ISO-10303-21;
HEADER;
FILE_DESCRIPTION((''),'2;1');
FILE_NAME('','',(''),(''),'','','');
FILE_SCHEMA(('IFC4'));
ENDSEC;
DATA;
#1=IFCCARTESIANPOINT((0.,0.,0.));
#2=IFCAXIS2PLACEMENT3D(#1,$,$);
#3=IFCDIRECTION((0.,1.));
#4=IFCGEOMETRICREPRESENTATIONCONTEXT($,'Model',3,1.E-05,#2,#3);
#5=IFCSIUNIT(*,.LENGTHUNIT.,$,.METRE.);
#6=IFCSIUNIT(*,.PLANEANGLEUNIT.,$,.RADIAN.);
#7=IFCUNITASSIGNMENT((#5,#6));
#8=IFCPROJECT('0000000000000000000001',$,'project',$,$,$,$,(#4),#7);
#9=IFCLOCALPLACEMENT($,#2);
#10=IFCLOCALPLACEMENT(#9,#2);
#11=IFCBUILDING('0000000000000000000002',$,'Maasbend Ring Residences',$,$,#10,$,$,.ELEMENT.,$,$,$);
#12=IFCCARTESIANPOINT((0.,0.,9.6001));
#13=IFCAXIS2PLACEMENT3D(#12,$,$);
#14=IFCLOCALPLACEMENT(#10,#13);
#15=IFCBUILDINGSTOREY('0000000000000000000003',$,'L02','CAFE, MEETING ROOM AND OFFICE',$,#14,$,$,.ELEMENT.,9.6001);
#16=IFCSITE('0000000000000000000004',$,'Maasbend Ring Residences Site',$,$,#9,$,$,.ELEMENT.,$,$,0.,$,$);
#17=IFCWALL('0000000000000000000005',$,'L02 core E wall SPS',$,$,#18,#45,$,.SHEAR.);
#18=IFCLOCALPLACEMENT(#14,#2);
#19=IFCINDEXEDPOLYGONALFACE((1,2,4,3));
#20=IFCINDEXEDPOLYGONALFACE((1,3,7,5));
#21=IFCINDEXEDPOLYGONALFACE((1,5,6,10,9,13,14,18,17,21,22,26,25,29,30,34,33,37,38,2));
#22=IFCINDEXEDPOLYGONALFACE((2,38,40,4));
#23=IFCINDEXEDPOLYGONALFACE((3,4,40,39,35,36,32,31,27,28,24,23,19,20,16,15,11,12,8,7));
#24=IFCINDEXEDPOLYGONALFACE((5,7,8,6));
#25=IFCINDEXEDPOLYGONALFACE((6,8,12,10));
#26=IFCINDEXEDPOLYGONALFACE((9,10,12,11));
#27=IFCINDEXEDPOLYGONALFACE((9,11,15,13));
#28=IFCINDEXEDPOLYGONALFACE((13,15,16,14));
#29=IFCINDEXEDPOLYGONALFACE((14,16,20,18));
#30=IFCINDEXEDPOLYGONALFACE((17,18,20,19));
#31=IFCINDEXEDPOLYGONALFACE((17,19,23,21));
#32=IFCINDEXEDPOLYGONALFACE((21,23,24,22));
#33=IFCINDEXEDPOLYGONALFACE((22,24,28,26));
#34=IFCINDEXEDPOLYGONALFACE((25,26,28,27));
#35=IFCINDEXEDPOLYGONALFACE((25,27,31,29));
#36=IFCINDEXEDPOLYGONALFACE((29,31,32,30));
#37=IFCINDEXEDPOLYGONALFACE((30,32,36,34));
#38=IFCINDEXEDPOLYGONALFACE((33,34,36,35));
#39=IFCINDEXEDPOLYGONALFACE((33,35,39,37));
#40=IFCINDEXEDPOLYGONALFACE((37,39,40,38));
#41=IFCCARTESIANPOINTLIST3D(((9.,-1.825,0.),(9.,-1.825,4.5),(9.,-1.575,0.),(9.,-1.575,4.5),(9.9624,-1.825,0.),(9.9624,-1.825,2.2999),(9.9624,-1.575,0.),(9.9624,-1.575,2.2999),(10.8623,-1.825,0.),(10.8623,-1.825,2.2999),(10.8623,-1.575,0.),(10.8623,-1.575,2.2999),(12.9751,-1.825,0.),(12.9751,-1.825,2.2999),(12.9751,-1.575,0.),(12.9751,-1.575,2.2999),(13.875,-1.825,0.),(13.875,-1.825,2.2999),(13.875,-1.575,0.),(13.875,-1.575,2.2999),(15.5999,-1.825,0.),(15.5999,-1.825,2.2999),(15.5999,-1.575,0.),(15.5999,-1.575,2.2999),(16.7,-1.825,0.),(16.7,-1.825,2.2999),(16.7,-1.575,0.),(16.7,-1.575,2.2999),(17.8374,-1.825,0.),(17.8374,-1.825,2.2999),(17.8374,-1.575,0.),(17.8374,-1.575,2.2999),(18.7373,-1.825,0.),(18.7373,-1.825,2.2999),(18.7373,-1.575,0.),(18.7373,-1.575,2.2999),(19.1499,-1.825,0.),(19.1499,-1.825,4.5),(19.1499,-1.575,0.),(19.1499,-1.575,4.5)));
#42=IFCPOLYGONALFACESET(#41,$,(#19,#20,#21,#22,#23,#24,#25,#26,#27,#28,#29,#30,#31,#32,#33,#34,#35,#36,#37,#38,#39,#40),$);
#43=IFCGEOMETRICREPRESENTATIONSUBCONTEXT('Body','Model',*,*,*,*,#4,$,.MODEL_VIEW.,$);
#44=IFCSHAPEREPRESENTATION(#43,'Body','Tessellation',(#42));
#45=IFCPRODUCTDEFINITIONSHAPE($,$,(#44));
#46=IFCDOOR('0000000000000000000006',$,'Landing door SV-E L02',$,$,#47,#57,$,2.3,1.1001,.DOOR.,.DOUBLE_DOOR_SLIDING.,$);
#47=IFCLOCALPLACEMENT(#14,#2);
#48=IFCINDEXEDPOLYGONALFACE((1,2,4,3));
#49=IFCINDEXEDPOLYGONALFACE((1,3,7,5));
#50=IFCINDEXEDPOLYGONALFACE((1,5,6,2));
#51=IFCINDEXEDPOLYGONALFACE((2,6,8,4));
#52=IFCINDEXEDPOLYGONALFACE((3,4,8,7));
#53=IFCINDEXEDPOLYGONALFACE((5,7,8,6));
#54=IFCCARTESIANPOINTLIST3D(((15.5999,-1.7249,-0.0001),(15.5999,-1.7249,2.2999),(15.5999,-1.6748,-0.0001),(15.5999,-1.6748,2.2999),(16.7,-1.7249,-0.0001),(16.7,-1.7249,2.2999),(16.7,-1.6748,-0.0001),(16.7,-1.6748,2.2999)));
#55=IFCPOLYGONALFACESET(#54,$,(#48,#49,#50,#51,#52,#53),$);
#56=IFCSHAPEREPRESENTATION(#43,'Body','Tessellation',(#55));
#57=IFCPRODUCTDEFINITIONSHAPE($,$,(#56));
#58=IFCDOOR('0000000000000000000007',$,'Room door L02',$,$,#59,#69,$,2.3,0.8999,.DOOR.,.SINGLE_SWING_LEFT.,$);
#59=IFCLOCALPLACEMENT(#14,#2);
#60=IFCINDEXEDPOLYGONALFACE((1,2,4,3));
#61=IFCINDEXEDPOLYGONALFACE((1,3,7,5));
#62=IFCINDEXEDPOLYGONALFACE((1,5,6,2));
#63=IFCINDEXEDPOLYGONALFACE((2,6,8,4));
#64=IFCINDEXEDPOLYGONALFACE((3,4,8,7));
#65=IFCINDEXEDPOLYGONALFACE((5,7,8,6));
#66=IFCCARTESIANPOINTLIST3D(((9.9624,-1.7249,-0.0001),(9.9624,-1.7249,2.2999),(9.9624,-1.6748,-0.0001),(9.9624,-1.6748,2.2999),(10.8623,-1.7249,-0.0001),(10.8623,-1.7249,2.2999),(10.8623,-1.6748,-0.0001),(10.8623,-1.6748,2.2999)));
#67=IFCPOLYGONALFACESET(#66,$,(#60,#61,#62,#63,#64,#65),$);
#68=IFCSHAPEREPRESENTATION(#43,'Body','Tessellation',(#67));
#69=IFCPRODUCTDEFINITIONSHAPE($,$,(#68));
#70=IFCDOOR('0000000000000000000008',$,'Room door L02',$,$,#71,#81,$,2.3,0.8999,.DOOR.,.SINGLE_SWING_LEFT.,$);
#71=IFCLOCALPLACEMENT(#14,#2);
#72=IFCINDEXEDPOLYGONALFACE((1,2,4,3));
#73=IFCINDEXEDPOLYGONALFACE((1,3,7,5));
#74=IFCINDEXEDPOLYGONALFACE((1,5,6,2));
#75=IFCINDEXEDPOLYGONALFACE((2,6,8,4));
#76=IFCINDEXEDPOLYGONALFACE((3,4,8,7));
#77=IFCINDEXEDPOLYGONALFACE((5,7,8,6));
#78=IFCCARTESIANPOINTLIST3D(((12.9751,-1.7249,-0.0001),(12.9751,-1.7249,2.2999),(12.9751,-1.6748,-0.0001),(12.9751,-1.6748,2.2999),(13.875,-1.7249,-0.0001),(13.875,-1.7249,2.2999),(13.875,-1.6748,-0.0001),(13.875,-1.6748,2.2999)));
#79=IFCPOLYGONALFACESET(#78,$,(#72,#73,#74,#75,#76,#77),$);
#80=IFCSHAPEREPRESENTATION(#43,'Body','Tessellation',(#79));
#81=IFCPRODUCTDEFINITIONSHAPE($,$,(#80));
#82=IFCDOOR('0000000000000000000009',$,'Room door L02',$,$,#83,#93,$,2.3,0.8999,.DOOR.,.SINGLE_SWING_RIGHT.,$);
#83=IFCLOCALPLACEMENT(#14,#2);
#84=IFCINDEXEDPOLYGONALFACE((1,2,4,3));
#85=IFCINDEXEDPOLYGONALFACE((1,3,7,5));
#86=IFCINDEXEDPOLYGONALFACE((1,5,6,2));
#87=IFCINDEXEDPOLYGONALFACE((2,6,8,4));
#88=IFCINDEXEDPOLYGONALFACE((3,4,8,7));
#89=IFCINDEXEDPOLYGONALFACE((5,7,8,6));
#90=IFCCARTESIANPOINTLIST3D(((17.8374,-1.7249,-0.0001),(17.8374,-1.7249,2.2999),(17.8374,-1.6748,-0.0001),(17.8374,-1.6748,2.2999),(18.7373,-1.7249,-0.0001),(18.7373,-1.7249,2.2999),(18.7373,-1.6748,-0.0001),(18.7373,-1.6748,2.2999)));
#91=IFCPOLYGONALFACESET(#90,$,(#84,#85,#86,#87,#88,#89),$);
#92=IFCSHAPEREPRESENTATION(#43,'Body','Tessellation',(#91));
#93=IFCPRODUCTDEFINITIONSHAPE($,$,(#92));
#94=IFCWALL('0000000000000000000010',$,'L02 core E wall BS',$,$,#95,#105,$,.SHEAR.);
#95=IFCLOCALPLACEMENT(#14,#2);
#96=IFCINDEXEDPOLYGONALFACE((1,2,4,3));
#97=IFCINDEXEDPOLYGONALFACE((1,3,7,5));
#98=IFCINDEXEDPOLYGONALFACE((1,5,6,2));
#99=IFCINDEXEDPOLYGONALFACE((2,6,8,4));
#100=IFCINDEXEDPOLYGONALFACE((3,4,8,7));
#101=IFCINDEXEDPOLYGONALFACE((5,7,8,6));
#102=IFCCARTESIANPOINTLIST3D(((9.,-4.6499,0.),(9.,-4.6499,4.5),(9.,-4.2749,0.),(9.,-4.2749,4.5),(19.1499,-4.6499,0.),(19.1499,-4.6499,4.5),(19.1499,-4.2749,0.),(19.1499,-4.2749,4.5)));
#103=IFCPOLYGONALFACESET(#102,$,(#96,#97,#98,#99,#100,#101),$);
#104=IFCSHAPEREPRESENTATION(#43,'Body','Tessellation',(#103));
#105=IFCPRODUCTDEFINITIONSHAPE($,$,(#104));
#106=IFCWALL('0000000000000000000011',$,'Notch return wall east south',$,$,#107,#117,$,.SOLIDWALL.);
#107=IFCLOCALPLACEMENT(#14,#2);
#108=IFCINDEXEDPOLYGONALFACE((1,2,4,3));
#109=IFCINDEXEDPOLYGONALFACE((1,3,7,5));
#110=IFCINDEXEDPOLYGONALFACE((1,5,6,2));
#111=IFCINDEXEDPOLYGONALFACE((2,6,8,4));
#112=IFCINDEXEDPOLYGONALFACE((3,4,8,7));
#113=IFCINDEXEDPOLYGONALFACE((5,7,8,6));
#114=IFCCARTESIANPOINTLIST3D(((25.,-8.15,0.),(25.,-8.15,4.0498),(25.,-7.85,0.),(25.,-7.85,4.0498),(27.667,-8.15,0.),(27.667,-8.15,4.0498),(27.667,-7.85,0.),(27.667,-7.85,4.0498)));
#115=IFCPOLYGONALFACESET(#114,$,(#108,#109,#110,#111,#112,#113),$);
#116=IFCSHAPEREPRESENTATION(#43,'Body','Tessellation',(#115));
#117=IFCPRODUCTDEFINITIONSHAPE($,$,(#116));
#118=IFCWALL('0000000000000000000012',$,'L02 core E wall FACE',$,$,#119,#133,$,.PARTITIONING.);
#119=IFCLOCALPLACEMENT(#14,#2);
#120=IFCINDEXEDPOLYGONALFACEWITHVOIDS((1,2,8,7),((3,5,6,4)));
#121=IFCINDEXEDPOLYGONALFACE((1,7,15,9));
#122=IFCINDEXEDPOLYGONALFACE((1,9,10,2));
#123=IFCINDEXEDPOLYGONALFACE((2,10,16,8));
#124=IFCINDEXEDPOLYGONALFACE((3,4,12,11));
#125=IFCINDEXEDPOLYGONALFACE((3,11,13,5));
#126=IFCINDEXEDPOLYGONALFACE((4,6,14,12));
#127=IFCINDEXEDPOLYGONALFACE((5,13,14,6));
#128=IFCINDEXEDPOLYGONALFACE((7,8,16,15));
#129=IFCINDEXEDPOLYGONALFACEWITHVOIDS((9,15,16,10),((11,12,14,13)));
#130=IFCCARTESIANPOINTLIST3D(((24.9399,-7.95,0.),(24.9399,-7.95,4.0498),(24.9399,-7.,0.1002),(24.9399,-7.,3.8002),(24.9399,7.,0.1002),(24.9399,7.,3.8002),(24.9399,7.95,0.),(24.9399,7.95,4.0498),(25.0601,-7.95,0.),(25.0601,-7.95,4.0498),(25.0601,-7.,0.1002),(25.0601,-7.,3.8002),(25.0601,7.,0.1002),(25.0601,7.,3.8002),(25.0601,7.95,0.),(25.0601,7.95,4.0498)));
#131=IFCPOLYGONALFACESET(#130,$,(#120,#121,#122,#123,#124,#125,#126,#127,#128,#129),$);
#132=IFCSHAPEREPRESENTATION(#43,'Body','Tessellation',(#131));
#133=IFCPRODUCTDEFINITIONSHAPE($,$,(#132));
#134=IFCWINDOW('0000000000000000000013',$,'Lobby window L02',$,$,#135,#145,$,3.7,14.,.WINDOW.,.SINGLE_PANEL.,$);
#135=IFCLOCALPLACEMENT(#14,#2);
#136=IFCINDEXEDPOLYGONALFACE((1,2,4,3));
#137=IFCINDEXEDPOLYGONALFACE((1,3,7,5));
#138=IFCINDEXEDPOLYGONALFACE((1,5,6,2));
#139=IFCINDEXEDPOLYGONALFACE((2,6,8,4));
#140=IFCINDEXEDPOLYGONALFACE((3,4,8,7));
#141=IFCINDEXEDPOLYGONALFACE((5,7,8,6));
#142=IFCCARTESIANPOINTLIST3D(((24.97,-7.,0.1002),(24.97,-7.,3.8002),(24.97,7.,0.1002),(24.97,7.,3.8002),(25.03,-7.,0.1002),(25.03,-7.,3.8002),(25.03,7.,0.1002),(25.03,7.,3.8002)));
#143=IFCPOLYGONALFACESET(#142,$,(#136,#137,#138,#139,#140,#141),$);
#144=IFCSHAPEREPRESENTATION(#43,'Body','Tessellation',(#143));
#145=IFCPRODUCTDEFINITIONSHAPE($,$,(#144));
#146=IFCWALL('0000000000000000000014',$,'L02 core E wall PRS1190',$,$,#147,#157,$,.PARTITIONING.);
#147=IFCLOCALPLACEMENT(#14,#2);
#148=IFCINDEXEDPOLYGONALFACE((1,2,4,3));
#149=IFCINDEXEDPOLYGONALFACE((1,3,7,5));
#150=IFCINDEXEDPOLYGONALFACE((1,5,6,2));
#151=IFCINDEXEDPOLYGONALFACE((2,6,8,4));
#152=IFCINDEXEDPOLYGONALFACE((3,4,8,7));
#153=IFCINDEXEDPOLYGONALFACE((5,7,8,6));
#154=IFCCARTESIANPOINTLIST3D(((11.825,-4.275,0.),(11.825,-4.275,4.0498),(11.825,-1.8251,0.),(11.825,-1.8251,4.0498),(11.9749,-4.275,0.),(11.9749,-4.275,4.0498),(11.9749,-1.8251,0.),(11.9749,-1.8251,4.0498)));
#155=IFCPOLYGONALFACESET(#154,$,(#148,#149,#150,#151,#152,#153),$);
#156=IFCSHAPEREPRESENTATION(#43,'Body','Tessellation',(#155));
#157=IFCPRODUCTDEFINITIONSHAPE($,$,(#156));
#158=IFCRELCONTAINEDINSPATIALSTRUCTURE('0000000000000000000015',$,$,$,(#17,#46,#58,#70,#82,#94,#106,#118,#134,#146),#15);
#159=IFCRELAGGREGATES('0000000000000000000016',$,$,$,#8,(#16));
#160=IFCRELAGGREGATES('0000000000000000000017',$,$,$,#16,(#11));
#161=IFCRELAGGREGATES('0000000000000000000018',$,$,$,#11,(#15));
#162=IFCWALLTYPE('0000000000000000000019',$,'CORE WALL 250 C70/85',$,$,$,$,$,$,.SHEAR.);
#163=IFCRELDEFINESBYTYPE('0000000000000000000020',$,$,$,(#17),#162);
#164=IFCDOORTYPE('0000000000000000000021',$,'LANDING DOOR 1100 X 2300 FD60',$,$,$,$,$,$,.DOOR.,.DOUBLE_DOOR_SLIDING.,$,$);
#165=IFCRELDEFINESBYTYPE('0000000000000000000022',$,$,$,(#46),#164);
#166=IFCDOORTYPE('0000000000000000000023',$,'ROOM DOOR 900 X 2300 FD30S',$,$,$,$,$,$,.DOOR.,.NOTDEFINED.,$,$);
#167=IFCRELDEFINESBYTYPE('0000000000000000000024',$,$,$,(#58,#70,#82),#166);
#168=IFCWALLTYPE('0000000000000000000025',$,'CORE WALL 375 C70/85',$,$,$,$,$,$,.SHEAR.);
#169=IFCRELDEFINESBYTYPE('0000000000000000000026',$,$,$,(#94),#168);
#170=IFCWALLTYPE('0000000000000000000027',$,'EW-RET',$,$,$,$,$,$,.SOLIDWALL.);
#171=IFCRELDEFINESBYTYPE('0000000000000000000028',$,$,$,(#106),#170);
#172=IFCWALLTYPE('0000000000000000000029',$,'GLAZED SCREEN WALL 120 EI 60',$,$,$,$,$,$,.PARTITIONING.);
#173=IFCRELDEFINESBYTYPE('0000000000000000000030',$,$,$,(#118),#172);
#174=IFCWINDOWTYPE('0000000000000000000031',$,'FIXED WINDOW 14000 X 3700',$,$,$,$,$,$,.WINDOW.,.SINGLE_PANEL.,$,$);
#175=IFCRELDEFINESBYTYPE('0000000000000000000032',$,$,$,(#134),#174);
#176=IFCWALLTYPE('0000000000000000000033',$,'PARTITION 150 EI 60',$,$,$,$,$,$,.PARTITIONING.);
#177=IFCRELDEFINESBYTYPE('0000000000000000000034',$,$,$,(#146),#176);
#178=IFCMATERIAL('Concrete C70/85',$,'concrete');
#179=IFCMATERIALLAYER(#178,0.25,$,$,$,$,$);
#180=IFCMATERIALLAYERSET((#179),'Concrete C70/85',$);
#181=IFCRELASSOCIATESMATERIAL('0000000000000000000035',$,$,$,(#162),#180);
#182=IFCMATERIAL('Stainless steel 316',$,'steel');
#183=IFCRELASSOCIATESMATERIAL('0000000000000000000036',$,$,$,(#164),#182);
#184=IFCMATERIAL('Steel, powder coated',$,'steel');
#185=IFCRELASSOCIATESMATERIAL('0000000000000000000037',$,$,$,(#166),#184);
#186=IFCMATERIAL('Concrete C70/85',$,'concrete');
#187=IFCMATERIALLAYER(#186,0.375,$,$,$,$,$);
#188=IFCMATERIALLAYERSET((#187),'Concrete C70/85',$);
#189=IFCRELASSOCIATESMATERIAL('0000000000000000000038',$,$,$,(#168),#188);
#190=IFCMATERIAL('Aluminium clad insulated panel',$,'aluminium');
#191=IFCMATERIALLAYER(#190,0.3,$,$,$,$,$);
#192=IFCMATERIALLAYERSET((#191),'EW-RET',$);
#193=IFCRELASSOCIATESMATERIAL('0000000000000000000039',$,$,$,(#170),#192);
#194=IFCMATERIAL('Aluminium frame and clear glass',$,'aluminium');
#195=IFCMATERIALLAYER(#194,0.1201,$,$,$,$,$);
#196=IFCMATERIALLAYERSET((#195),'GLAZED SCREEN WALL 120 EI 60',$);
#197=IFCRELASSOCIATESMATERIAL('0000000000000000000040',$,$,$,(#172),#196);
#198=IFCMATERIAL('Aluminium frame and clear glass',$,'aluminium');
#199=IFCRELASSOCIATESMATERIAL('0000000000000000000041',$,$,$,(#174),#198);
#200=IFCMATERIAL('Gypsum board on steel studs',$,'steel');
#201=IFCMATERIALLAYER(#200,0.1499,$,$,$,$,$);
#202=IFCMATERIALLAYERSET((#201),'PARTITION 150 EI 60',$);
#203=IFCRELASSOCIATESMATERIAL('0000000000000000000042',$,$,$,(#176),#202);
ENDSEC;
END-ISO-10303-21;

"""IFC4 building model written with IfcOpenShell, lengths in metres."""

from ifc_helpers import new_model, si_unit, direction, frame, frame_2d, origin, place, context, subcontext, project, spatial, rectangle, extrude, material, layer, layer_set, type_object, element, fill, save


model = new_model("IFC4")

# Units and contexts
model_context = context("Model", 3, precision=1e-05, world=origin(), true_north=direction((0.0, 1.0)))
body_context = subcontext(model_context, "Body", "Model", "MODEL_VIEW")
ifc_project = project(units=[si_unit("LENGTHUNIT", "METRE"), si_unit("PLANEANGLEUNIT", "RADIAN")], contexts=[model_context])

# Site, building, storey
site_placement = place(None, origin())
site = spatial("IfcSite", under=ifc_project, at=site_placement, Name="Maasbend Ring Residences Site", CompositionType="ELEMENT", RefElevation=0.0)
building_placement = place(site_placement, origin())
building = spatial("IfcBuilding", under=site, at=building_placement, Name="Maasbend Ring Residences", CompositionType="ELEMENT")
storey_placement = place(building_placement, frame((0.0, 0.0, 9.6001)))
storey = spatial("IfcBuildingStorey", under=building, at=storey_placement, Name="L02", Description="CAFE, MEETING ROOM AND OFFICE", CompositionType="ELEMENT", Elevation=9.6001)

# Wall, openings, doors
ifc_material_1 = material(Name="Concrete C70/85", Category="concrete")
ifc_layer_1 = layer(ifc_material_1, 0.25)
ifc_layer_set_1 = layer_set([ifc_layer_1], Name="Concrete C70/85")
wall_type_1 = type_object("IfcWallType", Name="CORE WALL 250 C70/85", PredefinedType="SHEAR", material=ifc_layer_set_1)
wall_1_placement = place(storey_placement, frame((19.1499, -1.7, 0.0), z_axis=(0.0, 0.0, 1.0), x_axis=(-1.0, 0.0, 0.0)))
wall_1 = element("IfcWall", 1, at=wall_1_placement, inside=storey, type_object=wall_type_1, Name="L02 core E wall SPS", PredefinedType="SHEAR", context=body_context, shape_type="SweptSolid", body=[
    extrude(rectangle(XDim=10.1499, YDim=0.25, at=frame_2d((5.075, 0.0))), origin(), (0.0, 0.0, 1.0), 4.5),
])
opening_1_placement = place(wall_1_placement, frame((2.45, 0.0, 0.0)))
opening_1 = element("IfcOpeningElement", 2, at=opening_1_placement, cuts=wall_1, PredefinedType="OPENING", context=body_context, shape_type="SweptSolid", body=[
    extrude(rectangle(XDim=1.1001, YDim=2.3, at=frame_2d((0.55, 1.1499))), frame((0.0, 0.135, 0.0), z_axis=(0.0, -1.0, 0.0), x_axis=(1.0, 0.0, 0.0)), (0.0, 0.0, 1.0), 0.27),
])
opening_2_placement = place(wall_1_placement, frame((8.2876, 0.0, 0.0)))
opening_2 = element("IfcOpeningElement", 3, at=opening_2_placement, cuts=wall_1, PredefinedType="OPENING", context=body_context, shape_type="SweptSolid", body=[
    extrude(rectangle(XDim=0.8999, YDim=2.3, at=frame_2d((0.45, 1.1499))), frame((0.0, 0.135, 0.0), z_axis=(0.0, -1.0, 0.0), x_axis=(1.0, 0.0, 0.0)), (0.0, 0.0, 1.0), 0.27),
])
opening_3_placement = place(wall_1_placement, frame((5.2749, 0.0, 0.0)))
opening_3 = element("IfcOpeningElement", 4, at=opening_3_placement, cuts=wall_1, PredefinedType="OPENING", context=body_context, shape_type="SweptSolid", body=[
    extrude(rectangle(XDim=0.8999, YDim=2.3, at=frame_2d((0.45, 1.1499))), frame((0.0, 0.135, 0.0), z_axis=(0.0, -1.0, 0.0), x_axis=(1.0, 0.0, 0.0)), (0.0, 0.0, 1.0), 0.27),
])
opening_4_placement = place(wall_1_placement, frame((0.4126, 0.0, 0.0)))
opening_4 = element("IfcOpeningElement", 5, at=opening_4_placement, cuts=wall_1, PredefinedType="OPENING", context=body_context, shape_type="SweptSolid", body=[
    extrude(rectangle(XDim=0.8999, YDim=2.3, at=frame_2d((0.45, 1.1499))), frame((0.0, 0.135, 0.0), z_axis=(0.0, -1.0, 0.0), x_axis=(1.0, 0.0, 0.0)), (0.0, 0.0, 1.0), 0.27),
])
ifc_material_2 = material(Name="Stainless steel 316", Category="steel")
door_type_1 = type_object("IfcDoorType", Name="LANDING DOOR 1100 X 2300 FD60", OperationType="DOUBLE_DOOR_SLIDING", PredefinedType="DOOR", material=ifc_material_2)
door_1_placement = place(opening_1_placement, origin())
door_1 = element("IfcDoor", 6, at=door_1_placement, inside=storey, type_object=door_type_1, Name="Landing door SV-E L02", OperationType="DOUBLE_DOOR_SLIDING", OverallHeight=2.3, OverallWidth=1.1001, PredefinedType="DOOR", context=body_context, shape_type="SweptSolid", body=[
    extrude(rectangle(XDim=1.1001, YDim=2.3, at=frame_2d((0.55, 1.1499))), frame((0.0, 0.0249, 0.0), z_axis=(0.0, -1.0, 0.0), x_axis=(1.0, 0.0, 0.0)), (0.0, 0.0, 1.0), 0.05),
])
fill(opening_1, door_1)
ifc_material_3 = material(Name="Steel, powder coated", Category="steel")
door_type_2 = type_object("IfcDoorType", Name="ROOM DOOR 900 X 2300 FD30S", OperationType="NOTDEFINED", PredefinedType="DOOR", material=ifc_material_3)
door_2_placement = place(opening_2_placement, origin())
door_2 = element("IfcDoor", 7, at=door_2_placement, inside=storey, type_object=door_type_2, Name="Room door L02", OperationType="SINGLE_SWING_LEFT", OverallHeight=2.3, OverallWidth=0.8999, PredefinedType="DOOR", context=body_context, shape_type="SweptSolid", body=[
    extrude(rectangle(XDim=0.8999, YDim=2.3, at=frame_2d((0.45, 1.1499))), frame((0.0, 0.0249, 0.0), z_axis=(0.0, -1.0, 0.0), x_axis=(1.0, 0.0, 0.0)), (0.0, 0.0, 1.0), 0.05),
])
fill(opening_2, door_2)
door_3_placement = place(opening_3_placement, origin())
door_3 = element("IfcDoor", 8, at=door_3_placement, inside=storey, type_object=door_type_2, Name="Room door L02", OperationType="SINGLE_SWING_LEFT", OverallHeight=2.3, OverallWidth=0.8999, PredefinedType="DOOR", context=body_context, shape_type="SweptSolid", body=[
    extrude(rectangle(XDim=0.8999, YDim=2.3, at=frame_2d((0.45, 1.1499))), frame((0.0, 0.0249, 0.0), z_axis=(0.0, -1.0, 0.0), x_axis=(1.0, 0.0, 0.0)), (0.0, 0.0, 1.0), 0.05),
])
fill(opening_3, door_3)
door_4_placement = place(opening_4_placement, origin())
door_4 = element("IfcDoor", 9, at=door_4_placement, inside=storey, type_object=door_type_2, Name="Room door L02", OperationType="SINGLE_SWING_RIGHT", OverallHeight=2.3, OverallWidth=0.8999, PredefinedType="DOOR", context=body_context, shape_type="SweptSolid", body=[
    extrude(rectangle(XDim=0.8999, YDim=2.3, at=frame_2d((0.45, 1.1499))), frame((0.0, 0.0249, 0.0), z_axis=(0.0, -1.0, 0.0), x_axis=(1.0, 0.0, 0.0)), (0.0, 0.0, 1.0), 0.05),
])
fill(opening_4, door_4)

# Walls
ifc_material_4 = material(Name="Concrete C70/85", Category="concrete")
ifc_layer_2 = layer(ifc_material_4, 0.375)
ifc_layer_set_2 = layer_set([ifc_layer_2], Name="Concrete C70/85")
wall_type_2 = type_object("IfcWallType", Name="CORE WALL 375 C70/85", PredefinedType="SHEAR", material=ifc_layer_set_2)
wall_2_placement = place(storey_placement, frame((9.0, -4.4624, 0.0), z_axis=(0.0, 0.0, 1.0), x_axis=(1.0, 0.0, 0.0)))
element("IfcWall", 10, at=wall_2_placement, inside=storey, type_object=wall_type_2, Name="L02 core E wall BS", PredefinedType="SHEAR", context=body_context, shape_type="SweptSolid", body=[
    extrude(rectangle(XDim=10.1499, YDim=0.375, at=frame_2d((5.075, 0.0))), origin(), (0.0, 0.0, 1.0), 4.5),
])
ifc_material_5 = material(Name="Aluminium clad insulated panel", Category="aluminium")
ifc_layer_3 = layer(ifc_material_5, 0.3)
ifc_layer_set_3 = layer_set([ifc_layer_3], Name="EW-RET")
wall_type_3 = type_object("IfcWallType", Name="EW-RET", PredefinedType="SOLIDWALL", material=ifc_layer_set_3)
wall_3_placement = place(storey_placement, frame((25.0, -8.0, 0.0), z_axis=(0.0, 0.0, 1.0), x_axis=(1.0, 0.0, 0.0)))
element("IfcWall", 11, at=wall_3_placement, inside=storey, type_object=wall_type_3, Name="Notch return wall east south", PredefinedType="SOLIDWALL", context=body_context, shape_type="SweptSolid", body=[
    extrude(rectangle(XDim=2.667, YDim=0.3, at=frame_2d((1.3335, 0.0))), origin(), (0.0, 0.0, 1.0), 4.0498),
])

# Wall, opening, window
ifc_material_6 = material(Name="Aluminium frame and clear glass", Category="aluminium")
ifc_layer_4 = layer(ifc_material_6, 0.1201)
ifc_layer_set_4 = layer_set([ifc_layer_4], Name="GLAZED SCREEN WALL 120 EI 60")
wall_type_4 = type_object("IfcWallType", Name="GLAZED SCREEN WALL 120 EI 60", PredefinedType="PARTITIONING", material=ifc_layer_set_4)
wall_4_placement = place(storey_placement, frame((25.0, -7.95, 0.0), z_axis=(0.0, 0.0, 1.0), x_axis=(0.0, 1.0, 0.0)))
wall_4 = element("IfcWall", 12, at=wall_4_placement, inside=storey, type_object=wall_type_4, Name="L02 core E wall FACE", PredefinedType="PARTITIONING", context=body_context, shape_type="SweptSolid", body=[
    extrude(rectangle(XDim=15.8999, YDim=0.1201, at=frame_2d((7.95, 0.0))), origin(), (0.0, 0.0, 1.0), 4.0498),
])
opening_5_placement = place(wall_4_placement, frame((0.95, 0.0, 0.1001)))
opening_5 = element("IfcOpeningElement", 13, at=opening_5_placement, cuts=wall_4, PredefinedType="OPENING", context=body_context, shape_type="SweptSolid", body=[
    extrude(rectangle(XDim=14.0, YDim=3.7, at=frame_2d((7.0, 1.8501))), frame((0.0, 0.0701, 0.0), z_axis=(0.0, -1.0, 0.0), x_axis=(1.0, 0.0, 0.0)), (0.0, 0.0, 1.0), 0.1401),
])
ifc_material_7 = material(Name="Aluminium frame and clear glass", Category="aluminium")
window_type = type_object("IfcWindowType", Name="FIXED WINDOW 14000 X 3700", PartitioningType="SINGLE_PANEL", PredefinedType="WINDOW", material=ifc_material_7)
window_placement = place(opening_5_placement, origin())
window = element("IfcWindow", 14, at=window_placement, inside=storey, type_object=window_type, Name="Lobby window L02", OverallHeight=3.7, OverallWidth=14.0, PartitioningType="SINGLE_PANEL", PredefinedType="WINDOW", context=body_context, shape_type="SweptSolid", body=[
    extrude(rectangle(XDim=14.0, YDim=3.7, at=frame_2d((7.0, 1.8501))), frame((0.0, 0.03, 0.0), z_axis=(0.0, -1.0, 0.0), x_axis=(1.0, 0.0, 0.0)), (0.0, 0.0, 1.0), 0.0601),
])
fill(opening_5, window)

# Wall
ifc_material_8 = material(Name="Gypsum board on steel studs", Category="steel")
ifc_layer_5 = layer(ifc_material_8, 0.1499)
ifc_layer_set_5 = layer_set([ifc_layer_5], Name="PARTITION 150 EI 60")
wall_type_5 = type_object("IfcWallType", Name="PARTITION 150 EI 60", PredefinedType="PARTITIONING", material=ifc_layer_set_5)
wall_5_placement = place(storey_placement, frame((11.8999, -1.825, 0.0), z_axis=(0.0, 0.0, 1.0), x_axis=(0.0, -1.0, 0.0)))
element("IfcWall", 15, at=wall_5_placement, inside=storey, type_object=wall_type_5, Name="L02 core E wall PRS1190", PredefinedType="PARTITIONING", context=body_context, shape_type="SweptSolid", body=[
    extrude(rectangle(XDim=2.45, YDim=0.1499, at=frame_2d((1.2251, 0.0))), origin(), (0.0, 0.0, 1.0), 4.0498),
])

save(model, "model.ifc")
